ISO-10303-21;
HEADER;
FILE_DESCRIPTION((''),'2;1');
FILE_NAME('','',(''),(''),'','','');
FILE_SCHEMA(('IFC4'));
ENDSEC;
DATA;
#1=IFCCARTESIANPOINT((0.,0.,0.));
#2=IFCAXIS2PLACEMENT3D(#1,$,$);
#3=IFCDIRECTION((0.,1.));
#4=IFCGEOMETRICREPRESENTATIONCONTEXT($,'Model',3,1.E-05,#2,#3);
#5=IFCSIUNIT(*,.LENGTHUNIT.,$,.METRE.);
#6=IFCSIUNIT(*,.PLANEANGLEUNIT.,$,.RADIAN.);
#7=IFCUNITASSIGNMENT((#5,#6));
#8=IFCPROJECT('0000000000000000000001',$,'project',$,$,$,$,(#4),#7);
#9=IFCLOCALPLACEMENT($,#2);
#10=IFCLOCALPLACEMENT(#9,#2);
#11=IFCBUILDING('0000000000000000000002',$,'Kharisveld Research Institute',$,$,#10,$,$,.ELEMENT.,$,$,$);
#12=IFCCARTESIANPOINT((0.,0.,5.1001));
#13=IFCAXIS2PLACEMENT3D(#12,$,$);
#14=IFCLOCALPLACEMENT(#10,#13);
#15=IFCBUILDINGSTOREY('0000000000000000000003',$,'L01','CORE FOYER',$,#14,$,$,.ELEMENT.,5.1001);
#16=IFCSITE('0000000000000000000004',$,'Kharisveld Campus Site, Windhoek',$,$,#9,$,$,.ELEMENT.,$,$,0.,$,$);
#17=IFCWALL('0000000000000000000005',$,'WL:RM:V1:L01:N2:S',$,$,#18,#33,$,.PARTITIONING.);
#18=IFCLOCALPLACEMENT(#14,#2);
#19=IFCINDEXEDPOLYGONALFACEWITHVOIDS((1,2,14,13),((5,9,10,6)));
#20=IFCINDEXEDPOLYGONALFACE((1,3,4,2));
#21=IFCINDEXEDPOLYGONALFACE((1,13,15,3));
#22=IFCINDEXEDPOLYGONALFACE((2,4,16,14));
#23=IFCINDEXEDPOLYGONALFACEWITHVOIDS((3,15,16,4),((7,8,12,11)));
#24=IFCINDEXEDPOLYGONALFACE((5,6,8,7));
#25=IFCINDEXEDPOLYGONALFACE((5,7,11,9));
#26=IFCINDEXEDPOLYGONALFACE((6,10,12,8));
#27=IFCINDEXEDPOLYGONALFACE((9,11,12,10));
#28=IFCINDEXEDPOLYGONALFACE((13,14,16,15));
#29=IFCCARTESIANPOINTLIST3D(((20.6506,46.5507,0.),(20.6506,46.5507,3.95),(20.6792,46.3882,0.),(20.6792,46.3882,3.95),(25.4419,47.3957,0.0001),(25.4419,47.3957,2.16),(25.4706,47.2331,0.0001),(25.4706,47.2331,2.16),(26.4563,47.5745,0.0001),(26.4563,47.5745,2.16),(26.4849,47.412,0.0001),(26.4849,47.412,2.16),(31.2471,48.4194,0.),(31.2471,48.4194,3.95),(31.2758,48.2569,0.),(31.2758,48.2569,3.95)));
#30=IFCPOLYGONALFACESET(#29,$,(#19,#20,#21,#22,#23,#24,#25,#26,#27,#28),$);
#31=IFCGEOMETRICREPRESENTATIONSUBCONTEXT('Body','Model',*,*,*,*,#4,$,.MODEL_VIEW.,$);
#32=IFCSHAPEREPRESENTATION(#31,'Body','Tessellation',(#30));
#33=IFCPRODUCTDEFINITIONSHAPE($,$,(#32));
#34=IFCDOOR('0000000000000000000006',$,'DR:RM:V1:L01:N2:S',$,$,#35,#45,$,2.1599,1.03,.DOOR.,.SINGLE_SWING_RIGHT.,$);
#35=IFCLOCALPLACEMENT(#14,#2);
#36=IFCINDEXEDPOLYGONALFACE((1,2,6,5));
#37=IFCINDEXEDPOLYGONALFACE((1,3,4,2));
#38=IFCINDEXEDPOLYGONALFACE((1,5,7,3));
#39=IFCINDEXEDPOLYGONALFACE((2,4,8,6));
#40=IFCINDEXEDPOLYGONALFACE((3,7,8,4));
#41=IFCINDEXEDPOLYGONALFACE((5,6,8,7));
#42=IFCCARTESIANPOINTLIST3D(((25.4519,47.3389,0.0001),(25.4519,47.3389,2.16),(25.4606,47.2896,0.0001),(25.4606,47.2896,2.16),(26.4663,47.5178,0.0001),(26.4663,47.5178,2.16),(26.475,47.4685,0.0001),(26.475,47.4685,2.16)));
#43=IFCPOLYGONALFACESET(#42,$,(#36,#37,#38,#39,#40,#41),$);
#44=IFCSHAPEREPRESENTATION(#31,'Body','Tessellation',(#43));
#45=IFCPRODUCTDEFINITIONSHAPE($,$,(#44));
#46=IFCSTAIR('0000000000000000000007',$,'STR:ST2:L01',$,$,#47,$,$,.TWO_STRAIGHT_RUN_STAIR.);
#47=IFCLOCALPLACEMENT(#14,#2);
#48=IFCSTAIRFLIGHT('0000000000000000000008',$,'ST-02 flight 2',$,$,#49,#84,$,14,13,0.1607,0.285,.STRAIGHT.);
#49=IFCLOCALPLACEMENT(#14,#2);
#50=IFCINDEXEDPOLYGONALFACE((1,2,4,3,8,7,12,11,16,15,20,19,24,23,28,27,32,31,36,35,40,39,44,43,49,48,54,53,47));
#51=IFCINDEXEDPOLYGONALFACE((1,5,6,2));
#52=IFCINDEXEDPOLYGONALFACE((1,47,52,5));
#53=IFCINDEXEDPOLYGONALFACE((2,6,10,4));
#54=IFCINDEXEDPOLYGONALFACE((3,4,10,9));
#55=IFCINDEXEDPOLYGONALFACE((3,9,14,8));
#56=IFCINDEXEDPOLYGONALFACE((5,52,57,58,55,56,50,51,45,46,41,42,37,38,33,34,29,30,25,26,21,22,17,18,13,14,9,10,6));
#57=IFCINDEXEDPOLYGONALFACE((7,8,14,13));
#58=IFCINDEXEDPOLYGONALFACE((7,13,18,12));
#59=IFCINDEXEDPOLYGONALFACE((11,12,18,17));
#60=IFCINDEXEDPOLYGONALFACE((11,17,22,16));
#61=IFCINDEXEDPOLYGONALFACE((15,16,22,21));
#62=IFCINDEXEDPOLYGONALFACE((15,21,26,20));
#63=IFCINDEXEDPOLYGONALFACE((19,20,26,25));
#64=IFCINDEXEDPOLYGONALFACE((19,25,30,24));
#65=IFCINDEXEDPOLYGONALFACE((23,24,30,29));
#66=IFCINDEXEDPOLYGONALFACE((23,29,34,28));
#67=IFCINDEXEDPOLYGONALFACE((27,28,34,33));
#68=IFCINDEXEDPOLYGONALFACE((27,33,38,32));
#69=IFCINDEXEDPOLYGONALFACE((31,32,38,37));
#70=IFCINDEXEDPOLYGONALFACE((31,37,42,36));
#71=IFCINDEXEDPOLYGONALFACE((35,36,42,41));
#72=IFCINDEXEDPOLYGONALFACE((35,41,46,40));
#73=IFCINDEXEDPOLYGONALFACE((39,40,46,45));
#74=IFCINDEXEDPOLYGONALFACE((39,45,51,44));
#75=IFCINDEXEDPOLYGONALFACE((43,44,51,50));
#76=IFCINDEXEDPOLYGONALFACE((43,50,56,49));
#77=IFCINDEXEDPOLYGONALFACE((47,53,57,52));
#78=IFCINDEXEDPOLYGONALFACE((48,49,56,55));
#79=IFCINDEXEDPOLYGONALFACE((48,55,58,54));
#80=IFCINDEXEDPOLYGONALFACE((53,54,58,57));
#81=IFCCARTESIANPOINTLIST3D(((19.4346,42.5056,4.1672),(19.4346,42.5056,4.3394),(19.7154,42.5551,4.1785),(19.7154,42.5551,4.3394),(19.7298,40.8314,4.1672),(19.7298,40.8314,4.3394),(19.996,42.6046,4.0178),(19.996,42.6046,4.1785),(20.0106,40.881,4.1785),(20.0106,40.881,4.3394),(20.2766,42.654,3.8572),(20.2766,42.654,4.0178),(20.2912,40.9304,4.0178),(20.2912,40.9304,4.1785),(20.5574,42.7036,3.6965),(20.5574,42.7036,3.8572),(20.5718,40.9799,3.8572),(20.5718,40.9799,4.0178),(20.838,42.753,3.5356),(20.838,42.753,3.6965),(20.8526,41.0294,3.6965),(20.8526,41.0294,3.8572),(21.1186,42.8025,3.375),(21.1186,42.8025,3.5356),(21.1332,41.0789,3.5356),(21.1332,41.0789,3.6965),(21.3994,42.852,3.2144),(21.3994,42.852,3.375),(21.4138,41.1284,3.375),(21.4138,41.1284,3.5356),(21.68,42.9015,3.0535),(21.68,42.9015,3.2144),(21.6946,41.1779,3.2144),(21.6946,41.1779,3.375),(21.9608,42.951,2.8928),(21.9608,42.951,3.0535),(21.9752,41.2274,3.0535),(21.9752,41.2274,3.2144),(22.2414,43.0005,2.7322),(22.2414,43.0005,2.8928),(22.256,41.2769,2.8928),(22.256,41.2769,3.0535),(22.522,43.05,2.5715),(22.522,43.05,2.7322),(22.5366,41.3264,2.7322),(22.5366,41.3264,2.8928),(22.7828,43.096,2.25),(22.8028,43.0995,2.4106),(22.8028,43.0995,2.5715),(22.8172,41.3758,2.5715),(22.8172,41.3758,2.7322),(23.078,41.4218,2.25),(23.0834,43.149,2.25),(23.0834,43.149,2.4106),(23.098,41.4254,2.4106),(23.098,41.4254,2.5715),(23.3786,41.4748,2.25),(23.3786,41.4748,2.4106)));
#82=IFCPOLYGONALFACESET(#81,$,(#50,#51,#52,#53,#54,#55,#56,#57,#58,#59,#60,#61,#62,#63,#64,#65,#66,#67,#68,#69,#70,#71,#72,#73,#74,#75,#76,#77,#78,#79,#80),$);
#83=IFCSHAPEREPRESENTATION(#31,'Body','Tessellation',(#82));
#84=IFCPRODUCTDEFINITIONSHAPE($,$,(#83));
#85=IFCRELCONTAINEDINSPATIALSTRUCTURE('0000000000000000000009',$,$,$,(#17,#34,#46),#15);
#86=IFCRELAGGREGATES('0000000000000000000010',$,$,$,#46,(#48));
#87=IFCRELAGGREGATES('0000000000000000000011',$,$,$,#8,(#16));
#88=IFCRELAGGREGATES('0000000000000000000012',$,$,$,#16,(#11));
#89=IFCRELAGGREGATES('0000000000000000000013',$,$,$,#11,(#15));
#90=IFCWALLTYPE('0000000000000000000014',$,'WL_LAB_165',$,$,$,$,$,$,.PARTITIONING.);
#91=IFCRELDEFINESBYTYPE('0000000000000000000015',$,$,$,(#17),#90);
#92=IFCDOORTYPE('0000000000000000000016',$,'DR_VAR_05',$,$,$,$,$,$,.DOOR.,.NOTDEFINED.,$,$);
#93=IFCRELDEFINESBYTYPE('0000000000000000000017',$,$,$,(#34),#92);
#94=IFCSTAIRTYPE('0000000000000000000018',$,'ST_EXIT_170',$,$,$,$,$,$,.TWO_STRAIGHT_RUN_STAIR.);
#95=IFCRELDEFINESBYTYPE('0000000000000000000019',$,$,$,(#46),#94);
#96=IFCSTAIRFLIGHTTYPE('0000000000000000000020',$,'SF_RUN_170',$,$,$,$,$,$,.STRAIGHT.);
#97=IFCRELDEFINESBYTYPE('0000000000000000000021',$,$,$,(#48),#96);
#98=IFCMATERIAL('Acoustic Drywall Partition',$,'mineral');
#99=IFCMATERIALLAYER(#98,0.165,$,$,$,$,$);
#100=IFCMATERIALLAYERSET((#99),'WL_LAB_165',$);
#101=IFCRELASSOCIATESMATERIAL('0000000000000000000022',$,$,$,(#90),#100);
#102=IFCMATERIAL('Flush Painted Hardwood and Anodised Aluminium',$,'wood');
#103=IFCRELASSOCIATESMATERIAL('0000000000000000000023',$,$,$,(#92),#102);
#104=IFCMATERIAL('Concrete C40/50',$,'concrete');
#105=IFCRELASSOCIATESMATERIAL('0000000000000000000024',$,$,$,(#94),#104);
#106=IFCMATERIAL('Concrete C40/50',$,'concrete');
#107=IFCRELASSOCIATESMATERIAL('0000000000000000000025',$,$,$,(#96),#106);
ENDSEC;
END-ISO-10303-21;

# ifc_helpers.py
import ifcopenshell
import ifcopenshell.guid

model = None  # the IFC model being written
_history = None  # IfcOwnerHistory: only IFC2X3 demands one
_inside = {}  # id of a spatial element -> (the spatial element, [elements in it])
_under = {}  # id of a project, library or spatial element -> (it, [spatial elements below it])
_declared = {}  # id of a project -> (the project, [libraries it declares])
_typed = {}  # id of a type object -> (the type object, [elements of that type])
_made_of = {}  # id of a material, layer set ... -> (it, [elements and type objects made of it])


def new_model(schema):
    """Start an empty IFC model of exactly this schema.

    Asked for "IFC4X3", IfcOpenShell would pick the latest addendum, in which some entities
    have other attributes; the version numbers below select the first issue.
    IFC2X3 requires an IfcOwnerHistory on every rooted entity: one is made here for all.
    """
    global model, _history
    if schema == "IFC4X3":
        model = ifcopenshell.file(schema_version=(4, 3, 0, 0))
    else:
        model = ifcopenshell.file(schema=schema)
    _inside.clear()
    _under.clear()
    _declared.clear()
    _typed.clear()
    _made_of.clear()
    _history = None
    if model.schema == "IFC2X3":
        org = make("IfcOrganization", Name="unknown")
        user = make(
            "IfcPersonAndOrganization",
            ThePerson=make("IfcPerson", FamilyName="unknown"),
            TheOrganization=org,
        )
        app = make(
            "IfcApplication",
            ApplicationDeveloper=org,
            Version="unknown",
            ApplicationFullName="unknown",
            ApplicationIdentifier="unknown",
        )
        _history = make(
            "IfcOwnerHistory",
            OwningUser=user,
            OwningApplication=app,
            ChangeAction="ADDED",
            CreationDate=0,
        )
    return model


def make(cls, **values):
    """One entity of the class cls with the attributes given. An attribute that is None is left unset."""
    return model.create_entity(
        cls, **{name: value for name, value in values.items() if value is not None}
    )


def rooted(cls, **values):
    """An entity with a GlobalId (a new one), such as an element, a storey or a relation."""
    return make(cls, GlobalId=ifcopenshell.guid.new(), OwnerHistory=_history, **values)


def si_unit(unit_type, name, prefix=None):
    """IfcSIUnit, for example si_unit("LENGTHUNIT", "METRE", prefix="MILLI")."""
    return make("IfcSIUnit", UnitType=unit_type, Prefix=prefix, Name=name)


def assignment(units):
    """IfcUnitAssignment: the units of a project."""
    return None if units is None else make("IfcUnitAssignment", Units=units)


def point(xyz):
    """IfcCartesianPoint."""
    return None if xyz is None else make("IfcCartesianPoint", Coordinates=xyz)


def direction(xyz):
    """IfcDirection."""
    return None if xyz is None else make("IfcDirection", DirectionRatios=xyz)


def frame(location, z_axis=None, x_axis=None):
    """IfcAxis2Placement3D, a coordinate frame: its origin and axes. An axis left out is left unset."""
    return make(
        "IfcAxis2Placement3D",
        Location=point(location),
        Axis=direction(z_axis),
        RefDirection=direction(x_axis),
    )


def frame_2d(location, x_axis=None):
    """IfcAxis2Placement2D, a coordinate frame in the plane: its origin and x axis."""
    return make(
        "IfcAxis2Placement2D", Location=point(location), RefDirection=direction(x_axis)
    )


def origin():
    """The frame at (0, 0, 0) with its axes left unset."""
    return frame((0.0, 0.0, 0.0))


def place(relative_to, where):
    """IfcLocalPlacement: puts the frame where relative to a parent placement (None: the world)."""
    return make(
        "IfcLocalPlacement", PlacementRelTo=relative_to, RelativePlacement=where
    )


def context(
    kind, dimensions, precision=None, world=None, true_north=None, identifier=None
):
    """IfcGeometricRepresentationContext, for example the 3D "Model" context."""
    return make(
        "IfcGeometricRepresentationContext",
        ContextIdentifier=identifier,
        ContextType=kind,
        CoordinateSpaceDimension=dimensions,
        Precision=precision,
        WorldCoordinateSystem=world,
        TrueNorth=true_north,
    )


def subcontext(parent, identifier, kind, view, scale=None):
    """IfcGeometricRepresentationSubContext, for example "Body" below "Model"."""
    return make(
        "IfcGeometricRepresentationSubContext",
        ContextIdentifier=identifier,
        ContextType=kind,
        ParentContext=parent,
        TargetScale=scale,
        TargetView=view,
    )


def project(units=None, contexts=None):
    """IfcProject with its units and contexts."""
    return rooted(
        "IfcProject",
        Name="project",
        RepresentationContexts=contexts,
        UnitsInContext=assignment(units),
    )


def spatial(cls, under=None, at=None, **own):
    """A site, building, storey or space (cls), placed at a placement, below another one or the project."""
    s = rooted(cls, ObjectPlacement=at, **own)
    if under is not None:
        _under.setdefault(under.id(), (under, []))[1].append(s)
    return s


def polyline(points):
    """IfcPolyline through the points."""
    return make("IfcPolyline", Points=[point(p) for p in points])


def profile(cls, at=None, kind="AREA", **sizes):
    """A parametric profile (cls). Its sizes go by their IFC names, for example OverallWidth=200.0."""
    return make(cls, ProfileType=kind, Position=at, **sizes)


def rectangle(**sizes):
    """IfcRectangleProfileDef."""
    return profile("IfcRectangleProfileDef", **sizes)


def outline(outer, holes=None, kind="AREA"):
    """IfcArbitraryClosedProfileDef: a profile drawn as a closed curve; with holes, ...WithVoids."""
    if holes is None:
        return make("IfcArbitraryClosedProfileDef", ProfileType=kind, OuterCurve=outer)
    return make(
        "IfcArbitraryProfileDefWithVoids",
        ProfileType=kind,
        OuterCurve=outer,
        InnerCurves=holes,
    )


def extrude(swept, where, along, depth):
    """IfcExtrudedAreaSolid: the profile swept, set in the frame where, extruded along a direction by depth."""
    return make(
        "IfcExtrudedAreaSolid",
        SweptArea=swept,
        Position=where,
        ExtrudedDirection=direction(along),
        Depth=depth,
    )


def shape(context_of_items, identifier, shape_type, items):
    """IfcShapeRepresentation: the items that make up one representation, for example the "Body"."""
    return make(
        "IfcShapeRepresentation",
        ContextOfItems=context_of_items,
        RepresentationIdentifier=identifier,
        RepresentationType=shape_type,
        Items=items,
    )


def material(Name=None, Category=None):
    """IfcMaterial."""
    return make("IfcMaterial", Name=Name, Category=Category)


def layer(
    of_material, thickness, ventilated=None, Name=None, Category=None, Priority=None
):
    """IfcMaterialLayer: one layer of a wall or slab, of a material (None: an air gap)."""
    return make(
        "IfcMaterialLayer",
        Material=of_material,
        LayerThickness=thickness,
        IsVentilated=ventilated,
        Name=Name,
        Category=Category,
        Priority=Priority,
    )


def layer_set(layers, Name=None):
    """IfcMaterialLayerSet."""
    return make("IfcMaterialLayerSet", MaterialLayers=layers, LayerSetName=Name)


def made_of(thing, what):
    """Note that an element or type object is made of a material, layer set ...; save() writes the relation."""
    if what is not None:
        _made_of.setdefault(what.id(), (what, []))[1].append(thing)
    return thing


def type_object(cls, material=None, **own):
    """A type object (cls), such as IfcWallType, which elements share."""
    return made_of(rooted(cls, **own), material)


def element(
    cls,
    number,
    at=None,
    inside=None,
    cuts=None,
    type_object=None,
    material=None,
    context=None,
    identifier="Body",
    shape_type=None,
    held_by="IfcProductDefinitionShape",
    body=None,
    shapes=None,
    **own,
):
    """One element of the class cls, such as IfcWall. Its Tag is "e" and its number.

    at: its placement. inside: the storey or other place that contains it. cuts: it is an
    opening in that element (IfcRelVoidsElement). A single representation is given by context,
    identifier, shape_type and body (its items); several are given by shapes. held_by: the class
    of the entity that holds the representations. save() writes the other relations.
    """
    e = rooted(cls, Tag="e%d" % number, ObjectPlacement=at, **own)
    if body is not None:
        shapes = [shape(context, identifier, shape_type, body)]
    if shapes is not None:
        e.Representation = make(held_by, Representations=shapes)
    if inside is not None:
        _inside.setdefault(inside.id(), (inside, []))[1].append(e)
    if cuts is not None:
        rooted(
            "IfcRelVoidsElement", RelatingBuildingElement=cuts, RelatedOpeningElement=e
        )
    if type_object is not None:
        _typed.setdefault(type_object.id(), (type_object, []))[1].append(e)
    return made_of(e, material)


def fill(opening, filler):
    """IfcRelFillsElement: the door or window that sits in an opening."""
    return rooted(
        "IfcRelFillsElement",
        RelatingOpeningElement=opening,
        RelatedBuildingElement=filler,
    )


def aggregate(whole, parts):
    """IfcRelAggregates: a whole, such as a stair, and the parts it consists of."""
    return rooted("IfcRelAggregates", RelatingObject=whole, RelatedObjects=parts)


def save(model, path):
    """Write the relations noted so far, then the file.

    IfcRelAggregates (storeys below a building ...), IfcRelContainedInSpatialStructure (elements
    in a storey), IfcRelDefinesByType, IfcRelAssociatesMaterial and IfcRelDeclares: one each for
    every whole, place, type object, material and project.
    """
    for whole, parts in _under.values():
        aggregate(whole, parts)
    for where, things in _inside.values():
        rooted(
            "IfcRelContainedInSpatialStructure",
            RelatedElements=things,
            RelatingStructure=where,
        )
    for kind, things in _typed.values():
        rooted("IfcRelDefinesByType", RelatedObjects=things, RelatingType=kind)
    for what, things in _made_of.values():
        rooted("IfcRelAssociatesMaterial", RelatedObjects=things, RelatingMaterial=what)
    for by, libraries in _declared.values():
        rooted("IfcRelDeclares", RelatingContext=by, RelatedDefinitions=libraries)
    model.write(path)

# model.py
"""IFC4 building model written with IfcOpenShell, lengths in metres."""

from ifc_helpers import new_model, si_unit, direction, frame, frame_2d, origin, place, context, subcontext, project, spatial, polyline, rectangle, outline, extrude, material, layer, layer_set, type_object, element, fill, aggregate, save


model = new_model("IFC4")

# Units and contexts
model_context = context("Model", 3, precision=1e-05, world=origin(), true_north=direction((0.0, 1.0)))
body_context = subcontext(model_context, "Body", "Model", "MODEL_VIEW")
ifc_project = project(units=[si_unit("LENGTHUNIT", "METRE"), si_unit("PLANEANGLEUNIT", "RADIAN")], contexts=[model_context])

# Site, building, storey
site_placement = place(None, origin())
site = spatial("IfcSite", under=ifc_project, at=site_placement, Name="Kharisveld Campus Site, Windhoek", CompositionType="ELEMENT", RefElevation=0.0)
building_placement = place(site_placement, origin())
building = spatial("IfcBuilding", under=site, at=building_placement, Name="Kharisveld Research Institute", CompositionType="ELEMENT")
storey_placement = place(building_placement, frame((0.0, 0.0, 5.1001)))
storey = spatial("IfcBuildingStorey", under=building, at=storey_placement, Name="L01", Description="CORE FOYER", CompositionType="ELEMENT", Elevation=5.1001)

# Wall, opening, door
ifc_material_1 = material(Name="Acoustic Drywall Partition", Category="mineral")
ifc_layer_1 = layer(ifc_material_1, 0.165)
ifc_layer_set_1 = layer_set([ifc_layer_1], Name="WL_LAB_165")
wall_type_1 = type_object("IfcWallType", Name="WL_LAB_165", PredefinedType="PARTITIONING", material=ifc_layer_set_1)
wall_1_placement = place(storey_placement, frame((20.665, 46.4695, 0.0), z_axis=(0.0, 0.0, 1.0), x_axis=(0.984804, 0.173668, 0.0)))
wall_1 = element("IfcWall", 1, at=wall_1_placement, inside=storey, type_object=wall_type_1, Name="WL:RM:V1:L01:N2:S", PredefinedType="PARTITIONING", context=body_context, shape_type="SweptSolid", body=[
    extrude(rectangle(XDim=10.76, YDim=0.165, at=frame_2d((5.3799, 0.0))), origin(), (0.0, 0.0, 1.0), 3.95),
])
opening_1_placement = place(wall_1_placement, frame((4.865, 0.0, 0.0)))
opening_1 = element("IfcOpeningElement", 2, at=opening_1_placement, cuts=wall_1, PredefinedType="OPENING", context=body_context, shape_type="SweptSolid", body=[
    extrude(rectangle(XDim=1.03, YDim=2.1599, at=frame_2d((0.5151, 1.0801))), frame((0.0, 0.0825, 0.0), z_axis=(0.0, -1.0, 0.0), x_axis=(1.0, 0.0, 0.0)), (0.0, 0.0, 1.0), 0.165),
])
ifc_material_2 = material(Name="Flush Painted Hardwood and Anodised Aluminium", Category="wood")
door_type_1 = type_object("IfcDoorType", Name="DR_VAR_05", OperationType="NOTDEFINED", PredefinedType="DOOR", material=ifc_material_2)
door_1_placement = place(opening_1_placement, origin())
door_1 = element("IfcDoor", 3, at=door_1_placement, inside=storey, type_object=door_type_1, Name="DR:RM:V1:L01:N2:S", OperationType="SINGLE_SWING_RIGHT", OverallHeight=2.1599, OverallWidth=1.03, PredefinedType="DOOR", context=body_context, shape_type="SweptSolid", body=[
    extrude(rectangle(XDim=1.03, YDim=2.1599, at=frame_2d((0.5151, 1.0801))), frame((0.0, 0.0249, 0.0), z_axis=(0.0, -1.0, 0.0), x_axis=(1.0, 0.0, 0.0)), (0.0, 0.0, 1.0), 0.05),
])
fill(opening_1, door_1)

# Stair, stair flight
ifc_material_3 = material(Name="Concrete C40/50", Category="concrete")
stair_type = type_object("IfcStairType", Name="ST_EXIT_170", PredefinedType="TWO_STRAIGHT_RUN_STAIR", material=ifc_material_3)
stair_placement = place(storey_placement, origin())
stair = element("IfcStair", 4, at=stair_placement, inside=storey, type_object=stair_type, Name="STR:ST2:L01", PredefinedType="TWO_STRAIGHT_RUN_STAIR")
ifc_material_4 = material(Name="Concrete C40/50", Category="concrete")
stair_flight_type = type_object("IfcStairFlightType", Name="SF_RUN_170", PredefinedType="STRAIGHT", material=ifc_material_4)
stair_flight_placement = place(storey_placement, frame((23.231, 42.312, 2.25), z_axis=(0.0, 0.0, 1.0), x_axis=(-0.984808, -0.173648, 0.0)))
stair_flight = element("IfcStairFlight", 5, at=stair_flight_placement, type_object=stair_flight_type, Name="ST-02 flight 2", NumberOfRisers=14, NumberOfTreads=13, PredefinedType="STRAIGHT", RiserHeight=0.1607, TreadLength=0.285, context=body_context, shape_type="SweptSolid", body=[
    extrude(outline(polyline([(0.0, 0.0), (0.0, 0.1606), (0.2849, 0.1606), (0.2849, 0.3215), (0.5701, 0.3215), (0.5701, 0.4822), (0.855, 0.4822), (0.855, 0.6428), (1.1399, 0.6428), (1.1399, 0.8035), (1.425, 0.8035), (1.425, 0.9644), (1.71, 0.9644), (1.71, 1.125), (1.9951, 1.125), (1.9951, 1.2856), (2.28, 1.2856), (2.28, 1.4465), (2.5649, 1.4465), (2.5649, 1.6072), (2.8501, 1.6072), (2.8501, 1.7678), (3.135, 1.7678), (3.135, 1.9285), (3.4199, 1.9285), (3.4199, 2.0894), (3.7051, 2.0894), (3.7051, 2.25), (3.7051, 1.9172), (0.3052, 0.0), (0.0, 0.0)])), frame((0.0, 0.8501, 0.0), z_axis=(0.0, -1.0, 0.0), x_axis=(1.0, 0.0, 0.0)), (0.0, 0.0, 1.0), 1.7),
])
aggregate(stair, [stair_flight])

save(model, "model.ifc")
